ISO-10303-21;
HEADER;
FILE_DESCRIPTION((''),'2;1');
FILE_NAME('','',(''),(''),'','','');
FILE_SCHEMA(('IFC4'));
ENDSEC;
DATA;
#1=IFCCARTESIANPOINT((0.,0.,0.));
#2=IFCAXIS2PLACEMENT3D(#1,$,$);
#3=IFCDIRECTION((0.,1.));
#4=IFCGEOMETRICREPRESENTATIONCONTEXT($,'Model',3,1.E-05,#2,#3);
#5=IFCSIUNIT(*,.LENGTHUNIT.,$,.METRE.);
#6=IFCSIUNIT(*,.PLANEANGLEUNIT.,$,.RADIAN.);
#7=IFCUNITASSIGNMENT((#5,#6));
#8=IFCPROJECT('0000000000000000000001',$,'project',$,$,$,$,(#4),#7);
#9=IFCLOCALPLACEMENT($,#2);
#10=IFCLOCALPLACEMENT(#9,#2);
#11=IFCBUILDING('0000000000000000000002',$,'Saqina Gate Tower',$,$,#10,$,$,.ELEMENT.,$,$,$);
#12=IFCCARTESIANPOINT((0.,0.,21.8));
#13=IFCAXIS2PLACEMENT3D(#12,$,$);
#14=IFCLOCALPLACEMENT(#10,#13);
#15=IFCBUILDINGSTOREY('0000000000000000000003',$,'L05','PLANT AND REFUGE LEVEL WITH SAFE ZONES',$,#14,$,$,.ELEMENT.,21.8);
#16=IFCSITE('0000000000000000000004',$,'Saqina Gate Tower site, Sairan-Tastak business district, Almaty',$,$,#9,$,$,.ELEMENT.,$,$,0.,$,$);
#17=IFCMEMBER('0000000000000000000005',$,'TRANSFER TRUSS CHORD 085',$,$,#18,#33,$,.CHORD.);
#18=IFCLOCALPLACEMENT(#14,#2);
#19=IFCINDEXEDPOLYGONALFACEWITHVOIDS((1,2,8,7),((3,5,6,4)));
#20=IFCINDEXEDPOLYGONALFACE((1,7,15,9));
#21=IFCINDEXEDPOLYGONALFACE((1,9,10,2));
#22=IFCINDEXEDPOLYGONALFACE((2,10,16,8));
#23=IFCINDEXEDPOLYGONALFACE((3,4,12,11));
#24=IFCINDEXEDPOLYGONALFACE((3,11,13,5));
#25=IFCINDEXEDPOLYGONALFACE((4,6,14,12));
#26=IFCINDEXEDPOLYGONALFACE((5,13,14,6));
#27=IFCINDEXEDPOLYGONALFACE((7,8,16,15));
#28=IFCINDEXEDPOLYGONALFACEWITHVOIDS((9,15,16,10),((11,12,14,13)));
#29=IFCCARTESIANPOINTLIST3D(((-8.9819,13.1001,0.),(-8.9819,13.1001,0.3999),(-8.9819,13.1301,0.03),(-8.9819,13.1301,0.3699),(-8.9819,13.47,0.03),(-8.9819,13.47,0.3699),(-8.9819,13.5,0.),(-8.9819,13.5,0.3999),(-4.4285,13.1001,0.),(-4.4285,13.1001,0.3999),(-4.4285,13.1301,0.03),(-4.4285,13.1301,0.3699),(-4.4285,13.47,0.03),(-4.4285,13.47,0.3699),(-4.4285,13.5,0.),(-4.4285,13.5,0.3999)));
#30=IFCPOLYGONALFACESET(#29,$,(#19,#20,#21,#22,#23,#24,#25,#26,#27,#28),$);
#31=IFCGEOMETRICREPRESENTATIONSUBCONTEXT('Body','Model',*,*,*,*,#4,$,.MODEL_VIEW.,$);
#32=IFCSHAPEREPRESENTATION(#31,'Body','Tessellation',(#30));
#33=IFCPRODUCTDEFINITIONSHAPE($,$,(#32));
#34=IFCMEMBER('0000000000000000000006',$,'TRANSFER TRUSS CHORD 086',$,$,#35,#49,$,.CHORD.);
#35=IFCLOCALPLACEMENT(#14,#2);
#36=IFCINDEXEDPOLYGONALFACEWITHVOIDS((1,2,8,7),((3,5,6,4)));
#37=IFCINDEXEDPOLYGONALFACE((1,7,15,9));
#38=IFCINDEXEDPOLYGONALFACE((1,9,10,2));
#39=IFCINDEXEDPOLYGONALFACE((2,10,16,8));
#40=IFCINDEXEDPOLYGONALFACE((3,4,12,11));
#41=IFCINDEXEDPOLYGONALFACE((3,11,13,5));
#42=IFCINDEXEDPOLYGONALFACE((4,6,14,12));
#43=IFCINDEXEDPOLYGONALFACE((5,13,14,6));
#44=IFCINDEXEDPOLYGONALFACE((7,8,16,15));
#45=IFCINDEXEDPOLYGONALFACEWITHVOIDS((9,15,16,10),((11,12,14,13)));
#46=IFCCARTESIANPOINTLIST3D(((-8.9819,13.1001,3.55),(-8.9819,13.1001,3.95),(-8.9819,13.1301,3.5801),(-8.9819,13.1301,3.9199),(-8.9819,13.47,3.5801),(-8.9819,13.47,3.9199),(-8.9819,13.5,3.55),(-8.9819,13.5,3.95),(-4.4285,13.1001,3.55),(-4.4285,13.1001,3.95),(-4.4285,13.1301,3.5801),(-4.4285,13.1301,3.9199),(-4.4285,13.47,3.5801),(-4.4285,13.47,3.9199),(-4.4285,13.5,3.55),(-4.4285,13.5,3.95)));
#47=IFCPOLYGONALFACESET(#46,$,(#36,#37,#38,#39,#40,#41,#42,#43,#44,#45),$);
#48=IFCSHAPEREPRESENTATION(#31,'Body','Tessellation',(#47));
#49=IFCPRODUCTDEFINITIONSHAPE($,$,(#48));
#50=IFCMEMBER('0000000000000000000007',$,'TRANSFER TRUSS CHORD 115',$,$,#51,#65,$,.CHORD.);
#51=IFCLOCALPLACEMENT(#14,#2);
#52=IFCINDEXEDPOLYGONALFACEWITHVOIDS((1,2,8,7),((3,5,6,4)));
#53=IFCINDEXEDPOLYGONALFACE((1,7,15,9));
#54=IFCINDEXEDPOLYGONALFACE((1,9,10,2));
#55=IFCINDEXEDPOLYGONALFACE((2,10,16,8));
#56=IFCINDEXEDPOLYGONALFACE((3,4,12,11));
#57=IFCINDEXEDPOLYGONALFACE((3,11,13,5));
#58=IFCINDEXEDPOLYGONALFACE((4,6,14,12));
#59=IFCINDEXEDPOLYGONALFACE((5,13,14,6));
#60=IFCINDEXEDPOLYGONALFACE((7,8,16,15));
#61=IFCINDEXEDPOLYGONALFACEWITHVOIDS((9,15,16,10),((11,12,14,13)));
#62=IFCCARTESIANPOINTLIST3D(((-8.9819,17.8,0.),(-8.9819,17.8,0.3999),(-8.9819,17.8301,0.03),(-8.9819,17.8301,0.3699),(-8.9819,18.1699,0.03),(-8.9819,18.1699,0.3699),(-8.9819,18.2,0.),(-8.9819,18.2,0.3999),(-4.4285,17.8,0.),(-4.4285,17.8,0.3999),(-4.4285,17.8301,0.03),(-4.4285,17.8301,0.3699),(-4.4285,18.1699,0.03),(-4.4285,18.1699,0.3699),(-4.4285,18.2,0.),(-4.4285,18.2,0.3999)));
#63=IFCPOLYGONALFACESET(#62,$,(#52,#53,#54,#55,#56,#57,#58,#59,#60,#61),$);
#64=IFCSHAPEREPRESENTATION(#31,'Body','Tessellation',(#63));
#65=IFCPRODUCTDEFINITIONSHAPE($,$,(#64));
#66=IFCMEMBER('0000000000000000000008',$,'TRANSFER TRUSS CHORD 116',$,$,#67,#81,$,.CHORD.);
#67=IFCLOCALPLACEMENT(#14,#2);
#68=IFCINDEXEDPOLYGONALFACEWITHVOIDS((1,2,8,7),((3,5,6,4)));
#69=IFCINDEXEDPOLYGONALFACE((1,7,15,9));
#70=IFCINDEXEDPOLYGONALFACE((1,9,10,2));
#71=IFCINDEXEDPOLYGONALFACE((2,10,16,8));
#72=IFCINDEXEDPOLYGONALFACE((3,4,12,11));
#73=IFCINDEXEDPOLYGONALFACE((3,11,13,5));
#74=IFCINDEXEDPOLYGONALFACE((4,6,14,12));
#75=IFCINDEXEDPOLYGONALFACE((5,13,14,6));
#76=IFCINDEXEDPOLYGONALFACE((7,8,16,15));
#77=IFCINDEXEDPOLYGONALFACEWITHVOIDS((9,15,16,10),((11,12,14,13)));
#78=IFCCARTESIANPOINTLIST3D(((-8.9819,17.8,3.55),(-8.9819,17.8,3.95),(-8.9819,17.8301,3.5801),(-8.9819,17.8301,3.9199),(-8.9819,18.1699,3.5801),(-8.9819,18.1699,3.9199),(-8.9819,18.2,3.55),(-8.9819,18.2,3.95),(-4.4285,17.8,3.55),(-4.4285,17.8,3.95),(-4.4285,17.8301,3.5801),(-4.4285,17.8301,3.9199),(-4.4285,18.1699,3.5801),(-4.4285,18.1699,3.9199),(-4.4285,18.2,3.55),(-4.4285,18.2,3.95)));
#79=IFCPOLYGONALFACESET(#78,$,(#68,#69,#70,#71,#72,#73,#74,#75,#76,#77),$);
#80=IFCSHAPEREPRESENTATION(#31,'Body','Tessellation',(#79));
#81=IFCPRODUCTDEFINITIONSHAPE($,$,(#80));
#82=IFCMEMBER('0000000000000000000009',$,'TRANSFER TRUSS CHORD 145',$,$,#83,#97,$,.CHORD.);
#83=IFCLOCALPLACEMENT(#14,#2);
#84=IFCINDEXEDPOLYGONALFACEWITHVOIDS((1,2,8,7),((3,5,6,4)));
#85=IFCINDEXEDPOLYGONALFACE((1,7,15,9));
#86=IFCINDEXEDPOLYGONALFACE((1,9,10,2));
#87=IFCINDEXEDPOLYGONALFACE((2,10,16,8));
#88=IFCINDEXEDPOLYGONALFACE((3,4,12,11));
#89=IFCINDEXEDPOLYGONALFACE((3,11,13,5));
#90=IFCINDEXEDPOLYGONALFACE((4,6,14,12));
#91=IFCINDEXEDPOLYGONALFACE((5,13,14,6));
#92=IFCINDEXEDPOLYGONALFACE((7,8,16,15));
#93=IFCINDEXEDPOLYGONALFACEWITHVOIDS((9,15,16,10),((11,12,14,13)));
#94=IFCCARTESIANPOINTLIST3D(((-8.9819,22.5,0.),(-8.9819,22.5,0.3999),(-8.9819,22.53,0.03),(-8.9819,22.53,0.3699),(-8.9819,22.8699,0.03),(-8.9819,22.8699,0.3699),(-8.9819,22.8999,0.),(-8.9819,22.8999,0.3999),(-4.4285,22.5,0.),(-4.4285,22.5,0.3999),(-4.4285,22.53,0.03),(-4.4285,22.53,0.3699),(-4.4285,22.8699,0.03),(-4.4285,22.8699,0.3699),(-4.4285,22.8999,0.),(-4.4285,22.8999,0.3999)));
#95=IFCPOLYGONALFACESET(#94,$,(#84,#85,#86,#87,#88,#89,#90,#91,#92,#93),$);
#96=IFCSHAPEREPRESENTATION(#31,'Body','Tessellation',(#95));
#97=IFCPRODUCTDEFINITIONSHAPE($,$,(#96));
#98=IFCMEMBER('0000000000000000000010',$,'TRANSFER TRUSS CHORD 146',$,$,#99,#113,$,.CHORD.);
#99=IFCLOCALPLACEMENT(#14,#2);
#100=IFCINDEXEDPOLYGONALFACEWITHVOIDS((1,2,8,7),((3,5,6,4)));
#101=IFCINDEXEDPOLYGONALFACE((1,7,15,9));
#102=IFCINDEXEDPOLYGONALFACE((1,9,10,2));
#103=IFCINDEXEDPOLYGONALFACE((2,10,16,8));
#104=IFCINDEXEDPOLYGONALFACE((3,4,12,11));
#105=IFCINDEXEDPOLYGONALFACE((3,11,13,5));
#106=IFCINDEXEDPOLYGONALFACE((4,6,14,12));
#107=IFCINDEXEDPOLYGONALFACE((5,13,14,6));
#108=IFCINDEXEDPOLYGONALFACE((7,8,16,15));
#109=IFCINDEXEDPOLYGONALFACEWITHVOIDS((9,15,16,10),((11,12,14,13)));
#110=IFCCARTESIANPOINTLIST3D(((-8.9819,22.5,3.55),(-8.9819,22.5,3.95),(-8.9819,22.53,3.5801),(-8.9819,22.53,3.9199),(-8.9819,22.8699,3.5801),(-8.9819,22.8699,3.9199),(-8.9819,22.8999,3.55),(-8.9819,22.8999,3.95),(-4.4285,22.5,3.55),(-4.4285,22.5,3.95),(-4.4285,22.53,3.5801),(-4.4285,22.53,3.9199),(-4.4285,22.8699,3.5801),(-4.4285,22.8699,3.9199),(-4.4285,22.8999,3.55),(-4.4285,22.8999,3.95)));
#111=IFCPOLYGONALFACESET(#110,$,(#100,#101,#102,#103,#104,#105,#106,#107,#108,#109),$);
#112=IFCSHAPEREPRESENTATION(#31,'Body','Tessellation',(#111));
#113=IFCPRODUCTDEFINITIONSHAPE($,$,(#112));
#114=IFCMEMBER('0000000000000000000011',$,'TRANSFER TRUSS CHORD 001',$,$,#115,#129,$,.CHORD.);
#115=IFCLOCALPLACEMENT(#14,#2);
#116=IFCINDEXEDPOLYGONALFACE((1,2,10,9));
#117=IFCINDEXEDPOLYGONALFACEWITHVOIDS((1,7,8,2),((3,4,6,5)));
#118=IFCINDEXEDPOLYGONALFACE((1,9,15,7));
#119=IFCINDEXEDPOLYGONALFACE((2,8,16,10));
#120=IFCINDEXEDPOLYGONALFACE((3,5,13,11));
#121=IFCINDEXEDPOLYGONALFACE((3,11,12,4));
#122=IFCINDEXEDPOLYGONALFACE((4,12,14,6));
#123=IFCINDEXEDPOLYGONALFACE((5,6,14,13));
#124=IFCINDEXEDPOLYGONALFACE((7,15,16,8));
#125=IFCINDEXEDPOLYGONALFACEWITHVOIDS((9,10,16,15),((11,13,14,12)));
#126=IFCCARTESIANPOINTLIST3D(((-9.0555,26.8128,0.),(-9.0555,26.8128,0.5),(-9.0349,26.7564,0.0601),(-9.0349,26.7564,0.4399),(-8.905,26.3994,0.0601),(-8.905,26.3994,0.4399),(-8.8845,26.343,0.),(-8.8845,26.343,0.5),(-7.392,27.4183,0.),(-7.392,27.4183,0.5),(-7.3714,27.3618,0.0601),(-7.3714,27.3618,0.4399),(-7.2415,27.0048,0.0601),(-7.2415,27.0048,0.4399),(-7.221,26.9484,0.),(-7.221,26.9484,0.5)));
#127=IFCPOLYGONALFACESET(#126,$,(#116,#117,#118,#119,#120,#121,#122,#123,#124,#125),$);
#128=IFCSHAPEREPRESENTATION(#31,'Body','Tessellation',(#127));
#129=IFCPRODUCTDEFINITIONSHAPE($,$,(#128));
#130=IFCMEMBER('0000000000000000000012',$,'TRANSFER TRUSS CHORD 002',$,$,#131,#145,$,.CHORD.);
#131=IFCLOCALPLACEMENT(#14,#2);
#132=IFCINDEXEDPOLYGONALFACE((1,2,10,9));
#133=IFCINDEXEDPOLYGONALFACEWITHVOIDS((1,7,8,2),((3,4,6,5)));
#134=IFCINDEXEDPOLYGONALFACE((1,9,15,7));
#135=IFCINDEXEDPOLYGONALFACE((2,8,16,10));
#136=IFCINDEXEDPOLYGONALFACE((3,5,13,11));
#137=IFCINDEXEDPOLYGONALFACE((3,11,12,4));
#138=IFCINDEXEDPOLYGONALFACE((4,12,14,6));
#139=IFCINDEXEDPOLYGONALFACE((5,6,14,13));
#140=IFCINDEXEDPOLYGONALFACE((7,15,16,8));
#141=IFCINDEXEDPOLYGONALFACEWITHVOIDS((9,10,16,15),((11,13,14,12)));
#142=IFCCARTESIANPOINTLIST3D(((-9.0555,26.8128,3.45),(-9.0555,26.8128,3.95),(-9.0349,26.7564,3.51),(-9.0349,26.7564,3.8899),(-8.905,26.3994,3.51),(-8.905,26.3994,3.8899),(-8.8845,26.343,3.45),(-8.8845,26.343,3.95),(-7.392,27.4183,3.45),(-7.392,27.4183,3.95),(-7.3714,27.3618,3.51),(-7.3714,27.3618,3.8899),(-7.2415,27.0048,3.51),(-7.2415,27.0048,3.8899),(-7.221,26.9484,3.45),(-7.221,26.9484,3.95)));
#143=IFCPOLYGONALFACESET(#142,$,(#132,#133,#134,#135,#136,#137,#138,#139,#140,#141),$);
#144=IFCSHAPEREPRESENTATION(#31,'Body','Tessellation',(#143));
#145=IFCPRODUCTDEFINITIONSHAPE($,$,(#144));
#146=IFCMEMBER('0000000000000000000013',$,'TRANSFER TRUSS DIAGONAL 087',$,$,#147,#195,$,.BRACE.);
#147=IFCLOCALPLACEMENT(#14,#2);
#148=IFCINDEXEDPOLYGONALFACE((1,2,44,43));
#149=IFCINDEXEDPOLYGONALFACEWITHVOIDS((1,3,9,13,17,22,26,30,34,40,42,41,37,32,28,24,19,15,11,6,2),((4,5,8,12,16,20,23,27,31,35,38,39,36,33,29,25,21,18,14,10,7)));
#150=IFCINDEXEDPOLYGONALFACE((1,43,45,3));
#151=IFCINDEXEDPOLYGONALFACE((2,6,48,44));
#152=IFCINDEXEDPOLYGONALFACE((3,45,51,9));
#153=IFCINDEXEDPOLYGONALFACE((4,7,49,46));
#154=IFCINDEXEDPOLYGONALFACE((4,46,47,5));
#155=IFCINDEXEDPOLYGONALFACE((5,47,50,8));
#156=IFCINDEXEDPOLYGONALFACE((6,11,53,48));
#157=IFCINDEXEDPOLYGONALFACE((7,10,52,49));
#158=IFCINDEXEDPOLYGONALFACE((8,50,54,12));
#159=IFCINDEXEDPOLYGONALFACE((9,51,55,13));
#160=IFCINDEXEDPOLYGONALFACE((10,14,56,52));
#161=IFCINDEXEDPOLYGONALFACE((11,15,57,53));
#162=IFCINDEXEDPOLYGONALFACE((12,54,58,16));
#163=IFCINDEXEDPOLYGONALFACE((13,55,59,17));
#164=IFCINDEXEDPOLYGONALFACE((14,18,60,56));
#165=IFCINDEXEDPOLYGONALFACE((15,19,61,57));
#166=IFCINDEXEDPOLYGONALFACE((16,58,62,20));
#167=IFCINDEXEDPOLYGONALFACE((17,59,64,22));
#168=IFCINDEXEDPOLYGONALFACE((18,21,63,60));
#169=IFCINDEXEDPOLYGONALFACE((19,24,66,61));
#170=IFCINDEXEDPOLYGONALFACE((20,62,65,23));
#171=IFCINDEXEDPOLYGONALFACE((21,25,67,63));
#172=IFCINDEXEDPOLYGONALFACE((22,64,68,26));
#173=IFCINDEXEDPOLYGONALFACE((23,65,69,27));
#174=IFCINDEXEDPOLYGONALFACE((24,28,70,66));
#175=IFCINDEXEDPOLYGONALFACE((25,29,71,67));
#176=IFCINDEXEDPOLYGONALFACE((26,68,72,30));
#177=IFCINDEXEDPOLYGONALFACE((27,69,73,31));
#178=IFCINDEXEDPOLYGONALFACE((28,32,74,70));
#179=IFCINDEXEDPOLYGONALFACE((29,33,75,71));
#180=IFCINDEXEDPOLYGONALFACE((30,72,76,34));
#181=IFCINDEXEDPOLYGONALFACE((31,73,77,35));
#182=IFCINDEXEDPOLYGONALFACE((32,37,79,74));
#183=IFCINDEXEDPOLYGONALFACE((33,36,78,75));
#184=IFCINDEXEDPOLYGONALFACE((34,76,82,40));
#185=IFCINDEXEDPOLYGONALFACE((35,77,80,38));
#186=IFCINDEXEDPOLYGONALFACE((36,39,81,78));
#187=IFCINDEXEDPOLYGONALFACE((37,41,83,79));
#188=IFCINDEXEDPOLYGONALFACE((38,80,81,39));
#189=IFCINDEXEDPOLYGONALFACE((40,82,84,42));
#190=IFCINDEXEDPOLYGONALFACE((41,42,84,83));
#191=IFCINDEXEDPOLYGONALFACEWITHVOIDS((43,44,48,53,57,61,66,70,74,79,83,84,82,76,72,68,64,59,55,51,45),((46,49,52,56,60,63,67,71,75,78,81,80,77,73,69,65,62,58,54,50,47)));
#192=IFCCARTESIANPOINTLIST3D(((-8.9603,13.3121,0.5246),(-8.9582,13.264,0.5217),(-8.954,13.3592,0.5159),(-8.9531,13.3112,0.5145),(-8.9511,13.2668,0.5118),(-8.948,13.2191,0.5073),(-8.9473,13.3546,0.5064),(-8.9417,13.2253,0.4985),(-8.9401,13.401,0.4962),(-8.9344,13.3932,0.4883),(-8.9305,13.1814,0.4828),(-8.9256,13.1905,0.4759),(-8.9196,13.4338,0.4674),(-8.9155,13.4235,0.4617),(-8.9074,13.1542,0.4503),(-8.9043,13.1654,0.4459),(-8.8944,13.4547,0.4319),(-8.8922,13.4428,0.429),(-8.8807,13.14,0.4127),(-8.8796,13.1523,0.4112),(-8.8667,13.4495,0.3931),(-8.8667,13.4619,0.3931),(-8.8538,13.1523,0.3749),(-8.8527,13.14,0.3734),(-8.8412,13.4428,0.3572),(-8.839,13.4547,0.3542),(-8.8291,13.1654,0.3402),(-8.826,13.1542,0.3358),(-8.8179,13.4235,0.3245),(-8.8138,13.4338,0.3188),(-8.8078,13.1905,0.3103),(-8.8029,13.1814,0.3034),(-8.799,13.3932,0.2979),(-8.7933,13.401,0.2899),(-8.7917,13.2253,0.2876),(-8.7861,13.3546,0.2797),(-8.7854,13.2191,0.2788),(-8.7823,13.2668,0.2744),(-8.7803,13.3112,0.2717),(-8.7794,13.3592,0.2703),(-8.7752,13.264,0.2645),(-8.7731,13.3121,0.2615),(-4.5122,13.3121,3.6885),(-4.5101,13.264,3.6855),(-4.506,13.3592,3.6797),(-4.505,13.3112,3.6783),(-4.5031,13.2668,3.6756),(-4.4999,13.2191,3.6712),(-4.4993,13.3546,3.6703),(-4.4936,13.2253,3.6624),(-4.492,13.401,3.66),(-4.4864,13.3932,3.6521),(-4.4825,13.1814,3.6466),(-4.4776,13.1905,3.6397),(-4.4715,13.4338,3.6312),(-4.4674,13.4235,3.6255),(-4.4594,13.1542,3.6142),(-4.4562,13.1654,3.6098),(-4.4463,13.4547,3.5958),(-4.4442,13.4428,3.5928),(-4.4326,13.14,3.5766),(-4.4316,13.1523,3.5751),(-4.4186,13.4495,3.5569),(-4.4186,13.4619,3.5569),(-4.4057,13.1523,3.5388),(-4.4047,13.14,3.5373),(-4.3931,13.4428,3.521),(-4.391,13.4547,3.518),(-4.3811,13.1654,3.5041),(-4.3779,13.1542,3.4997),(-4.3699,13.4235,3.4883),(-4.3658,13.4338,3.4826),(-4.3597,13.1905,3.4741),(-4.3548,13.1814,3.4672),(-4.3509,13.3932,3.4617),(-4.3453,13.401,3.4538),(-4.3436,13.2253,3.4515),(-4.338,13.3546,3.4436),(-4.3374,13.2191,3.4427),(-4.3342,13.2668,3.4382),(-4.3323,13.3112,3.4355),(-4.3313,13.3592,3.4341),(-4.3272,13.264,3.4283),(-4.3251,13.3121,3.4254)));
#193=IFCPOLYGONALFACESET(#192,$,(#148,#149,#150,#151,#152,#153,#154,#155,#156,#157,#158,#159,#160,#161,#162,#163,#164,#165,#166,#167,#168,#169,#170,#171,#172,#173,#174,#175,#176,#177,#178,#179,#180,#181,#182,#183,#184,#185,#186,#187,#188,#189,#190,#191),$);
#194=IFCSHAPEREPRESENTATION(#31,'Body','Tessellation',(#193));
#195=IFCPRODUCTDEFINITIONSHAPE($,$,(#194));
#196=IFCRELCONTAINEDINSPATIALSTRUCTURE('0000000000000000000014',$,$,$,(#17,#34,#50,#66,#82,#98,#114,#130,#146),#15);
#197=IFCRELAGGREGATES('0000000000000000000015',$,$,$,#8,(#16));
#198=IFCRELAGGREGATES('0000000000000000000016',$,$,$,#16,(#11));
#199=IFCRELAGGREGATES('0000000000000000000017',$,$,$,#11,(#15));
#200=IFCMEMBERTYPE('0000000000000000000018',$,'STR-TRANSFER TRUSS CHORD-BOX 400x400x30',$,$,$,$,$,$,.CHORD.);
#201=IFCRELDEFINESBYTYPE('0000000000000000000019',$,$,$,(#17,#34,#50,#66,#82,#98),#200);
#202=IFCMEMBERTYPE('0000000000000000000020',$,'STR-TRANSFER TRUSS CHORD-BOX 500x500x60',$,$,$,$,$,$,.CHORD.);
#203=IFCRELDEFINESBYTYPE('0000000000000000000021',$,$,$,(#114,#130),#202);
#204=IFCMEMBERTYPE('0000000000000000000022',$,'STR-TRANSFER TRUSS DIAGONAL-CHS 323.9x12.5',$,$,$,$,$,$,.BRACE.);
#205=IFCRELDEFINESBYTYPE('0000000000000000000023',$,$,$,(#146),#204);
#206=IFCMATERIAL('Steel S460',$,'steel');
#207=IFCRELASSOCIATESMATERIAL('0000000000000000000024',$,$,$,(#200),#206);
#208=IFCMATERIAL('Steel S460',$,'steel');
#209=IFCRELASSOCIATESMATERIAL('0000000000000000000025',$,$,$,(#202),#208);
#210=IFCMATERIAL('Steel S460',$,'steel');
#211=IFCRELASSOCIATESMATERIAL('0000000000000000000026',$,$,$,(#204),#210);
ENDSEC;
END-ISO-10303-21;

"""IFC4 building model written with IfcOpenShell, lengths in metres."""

from ifc_helpers import new_model, si_unit, direction, frame, origin, origin_2d, place, context, subcontext, project, spatial, hollow_rectangle, hollow_circle, extrude, material, material_profile, profile_set, type_object, element, save


model = new_model("IFC4")

# Units and contexts
model_context = context("Model", 3, precision=1e-05, world=origin(), true_north=direction((0.0, 1.0)))
body_context = subcontext(model_context, "Body", "Model", "MODEL_VIEW")
ifc_project = project(units=[si_unit("LENGTHUNIT", "METRE"), si_unit("PLANEANGLEUNIT", "RADIAN")], contexts=[model_context])

# Site, building, storey
site_placement = place(None, origin())
site = spatial("IfcSite", under=ifc_project, at=site_placement, Name="Saqina Gate Tower site, Sairan-Tastak business district, Almaty", CompositionType="ELEMENT", RefElevation=0.0)
building_placement = place(site_placement, origin())
building = spatial("IfcBuilding", under=site, at=building_placement, Name="Saqina Gate Tower", CompositionType="ELEMENT")
storey_placement = place(building_placement, frame((0.0, 0.0, 21.8)))
storey = spatial("IfcBuildingStorey", under=building, at=storey_placement, Name="L05", Description="PLANT AND REFUGE LEVEL WITH SAFE ZONES", CompositionType="ELEMENT", Elevation=21.8)

# Members
ifc_material_1 = material(Name="Steel S460", Category="steel")
ifc_material_profile_1 = material_profile(ifc_material_1, hollow_rectangle(XDim=0.3999, YDim=0.3999, WallThickness=0.03, at=origin_2d()), Name="BOX 400x400x30")
ifc_profile_set_1 = profile_set([ifc_material_profile_1], Name="Steel S460")
member_type_1 = type_object("IfcMemberType", Name="STR-TRANSFER TRUSS CHORD-BOX 400x400x30", PredefinedType="CHORD", material=ifc_profile_set_1)
for number, where, z_axis, x_axis, name in (
    (1, (-8.9819, 13.3, 0.2), (1.0, 0.0, 0.0), (0.0, 1.0, 0.0), "TRANSFER TRUSS CHORD 085"),
    (2, (-8.9819, 13.3, 3.75), (1.0, 0.0, 0.0), (0.0, 1.0, 0.0), "TRANSFER TRUSS CHORD 086"),
    (3, (-8.9819, 18.0, 0.2), (1.0, 0.0, 0.0), (0.0, 1.0, 0.0), "TRANSFER TRUSS CHORD 115"),
    (4, (-8.9819, 18.0, 3.75), (1.0, 0.0, 0.0), (0.0, 1.0, 0.0), "TRANSFER TRUSS CHORD 116"),
    (5, (-8.9819, 22.7, 0.2), (1.0, 0.0, 0.0), (0.0, 1.0, 0.0), "TRANSFER TRUSS CHORD 145"),
    (6, (-8.9819, 22.7, 3.75), (1.0, 0.0, 0.0), (0.0, 1.0, 0.0), "TRANSFER TRUSS CHORD 146"),
):
    element("IfcMember", number, at=place(storey_placement, frame(where, z_axis=z_axis, x_axis=x_axis)), inside=storey, type_object=member_type_1, Name=name, PredefinedType="CHORD", context=body_context, shape_type="SweptSolid", body=[
        extrude(hollow_rectangle(XDim=0.3999, YDim=0.3999, WallThickness=0.03, at=origin_2d()), origin(), (0.0, 0.0, 1.0), 4.5535),
    ])
ifc_material_2 = material(Name="Steel S460", Category="steel")
ifc_material_profile_2 = material_profile(ifc_material_2, hollow_rectangle(XDim=0.5, YDim=0.5, WallThickness=0.0601, at=origin_2d()), Name="BOX 500x500x60")
ifc_profile_set_2 = profile_set([ifc_material_profile_2], Name="Steel S460")
member_type_2 = type_object("IfcMemberType", Name="STR-TRANSFER TRUSS CHORD-BOX 500x500x60", PredefinedType="CHORD", material=ifc_profile_set_2)
for number, where, z_axis, x_axis, name in (
    (7, (-8.97, 26.5779, 0.25), (0.939697, 0.342009, 0.0), (-0.342009, 0.939697, 0.0), "TRANSFER TRUSS CHORD 001"),
    (8, (-8.97, 26.5779, 3.7), (0.939697, 0.342009, 0.0), (-0.342009, 0.939697, 0.0), "TRANSFER TRUSS CHORD 002"),
):
    element("IfcMember", number, at=place(storey_placement, frame(where, z_axis=z_axis, x_axis=x_axis)), inside=storey, type_object=member_type_2, Name=name, PredefinedType="CHORD", context=body_context, shape_type="SweptSolid", body=[
        extrude(hollow_rectangle(XDim=0.5, YDim=0.5, WallThickness=0.0601, at=origin_2d()), origin(), (0.0, 0.0, 1.0), 1.7703),
    ])
ifc_material_3 = material(Name="Steel S460", Category="steel")
ifc_material_profile_3 = material_profile(ifc_material_3, hollow_circle(Radius=0.1619, WallThickness=0.0125, at=origin_2d()), Name="CHS 323.9x12.5")
ifc_profile_set_3 = profile_set([ifc_material_profile_3], Name="Steel S460")
member_type_3 = type_object("IfcMemberType", Name="STR-TRANSFER TRUSS DIAGONAL-CHS 323.9x12.5", PredefinedType="BRACE", material=ifc_profile_set_3)
for number, where, z_axis, x_axis, name in (
    (9, (-8.8667, 13.3, 0.3931), (0.814886, 0.0, 0.579621), (0.0, 1.0, 0.0), "TRANSFER TRUSS DIAGONAL 087"),
):
    element("IfcMember", number, at=place(storey_placement, frame(where, z_axis=z_axis, x_axis=x_axis)), inside=storey, type_object=member_type_3, Name=name, PredefinedType="BRACE", context=body_context, shape_type="SweptSolid", body=[
        extrude(hollow_circle(Radius=0.1619, WallThickness=0.0125, at=origin_2d()), origin(), (0.0, 0.0, 1.0), 5.4585),
    ])

save(model, "model.ifc")
